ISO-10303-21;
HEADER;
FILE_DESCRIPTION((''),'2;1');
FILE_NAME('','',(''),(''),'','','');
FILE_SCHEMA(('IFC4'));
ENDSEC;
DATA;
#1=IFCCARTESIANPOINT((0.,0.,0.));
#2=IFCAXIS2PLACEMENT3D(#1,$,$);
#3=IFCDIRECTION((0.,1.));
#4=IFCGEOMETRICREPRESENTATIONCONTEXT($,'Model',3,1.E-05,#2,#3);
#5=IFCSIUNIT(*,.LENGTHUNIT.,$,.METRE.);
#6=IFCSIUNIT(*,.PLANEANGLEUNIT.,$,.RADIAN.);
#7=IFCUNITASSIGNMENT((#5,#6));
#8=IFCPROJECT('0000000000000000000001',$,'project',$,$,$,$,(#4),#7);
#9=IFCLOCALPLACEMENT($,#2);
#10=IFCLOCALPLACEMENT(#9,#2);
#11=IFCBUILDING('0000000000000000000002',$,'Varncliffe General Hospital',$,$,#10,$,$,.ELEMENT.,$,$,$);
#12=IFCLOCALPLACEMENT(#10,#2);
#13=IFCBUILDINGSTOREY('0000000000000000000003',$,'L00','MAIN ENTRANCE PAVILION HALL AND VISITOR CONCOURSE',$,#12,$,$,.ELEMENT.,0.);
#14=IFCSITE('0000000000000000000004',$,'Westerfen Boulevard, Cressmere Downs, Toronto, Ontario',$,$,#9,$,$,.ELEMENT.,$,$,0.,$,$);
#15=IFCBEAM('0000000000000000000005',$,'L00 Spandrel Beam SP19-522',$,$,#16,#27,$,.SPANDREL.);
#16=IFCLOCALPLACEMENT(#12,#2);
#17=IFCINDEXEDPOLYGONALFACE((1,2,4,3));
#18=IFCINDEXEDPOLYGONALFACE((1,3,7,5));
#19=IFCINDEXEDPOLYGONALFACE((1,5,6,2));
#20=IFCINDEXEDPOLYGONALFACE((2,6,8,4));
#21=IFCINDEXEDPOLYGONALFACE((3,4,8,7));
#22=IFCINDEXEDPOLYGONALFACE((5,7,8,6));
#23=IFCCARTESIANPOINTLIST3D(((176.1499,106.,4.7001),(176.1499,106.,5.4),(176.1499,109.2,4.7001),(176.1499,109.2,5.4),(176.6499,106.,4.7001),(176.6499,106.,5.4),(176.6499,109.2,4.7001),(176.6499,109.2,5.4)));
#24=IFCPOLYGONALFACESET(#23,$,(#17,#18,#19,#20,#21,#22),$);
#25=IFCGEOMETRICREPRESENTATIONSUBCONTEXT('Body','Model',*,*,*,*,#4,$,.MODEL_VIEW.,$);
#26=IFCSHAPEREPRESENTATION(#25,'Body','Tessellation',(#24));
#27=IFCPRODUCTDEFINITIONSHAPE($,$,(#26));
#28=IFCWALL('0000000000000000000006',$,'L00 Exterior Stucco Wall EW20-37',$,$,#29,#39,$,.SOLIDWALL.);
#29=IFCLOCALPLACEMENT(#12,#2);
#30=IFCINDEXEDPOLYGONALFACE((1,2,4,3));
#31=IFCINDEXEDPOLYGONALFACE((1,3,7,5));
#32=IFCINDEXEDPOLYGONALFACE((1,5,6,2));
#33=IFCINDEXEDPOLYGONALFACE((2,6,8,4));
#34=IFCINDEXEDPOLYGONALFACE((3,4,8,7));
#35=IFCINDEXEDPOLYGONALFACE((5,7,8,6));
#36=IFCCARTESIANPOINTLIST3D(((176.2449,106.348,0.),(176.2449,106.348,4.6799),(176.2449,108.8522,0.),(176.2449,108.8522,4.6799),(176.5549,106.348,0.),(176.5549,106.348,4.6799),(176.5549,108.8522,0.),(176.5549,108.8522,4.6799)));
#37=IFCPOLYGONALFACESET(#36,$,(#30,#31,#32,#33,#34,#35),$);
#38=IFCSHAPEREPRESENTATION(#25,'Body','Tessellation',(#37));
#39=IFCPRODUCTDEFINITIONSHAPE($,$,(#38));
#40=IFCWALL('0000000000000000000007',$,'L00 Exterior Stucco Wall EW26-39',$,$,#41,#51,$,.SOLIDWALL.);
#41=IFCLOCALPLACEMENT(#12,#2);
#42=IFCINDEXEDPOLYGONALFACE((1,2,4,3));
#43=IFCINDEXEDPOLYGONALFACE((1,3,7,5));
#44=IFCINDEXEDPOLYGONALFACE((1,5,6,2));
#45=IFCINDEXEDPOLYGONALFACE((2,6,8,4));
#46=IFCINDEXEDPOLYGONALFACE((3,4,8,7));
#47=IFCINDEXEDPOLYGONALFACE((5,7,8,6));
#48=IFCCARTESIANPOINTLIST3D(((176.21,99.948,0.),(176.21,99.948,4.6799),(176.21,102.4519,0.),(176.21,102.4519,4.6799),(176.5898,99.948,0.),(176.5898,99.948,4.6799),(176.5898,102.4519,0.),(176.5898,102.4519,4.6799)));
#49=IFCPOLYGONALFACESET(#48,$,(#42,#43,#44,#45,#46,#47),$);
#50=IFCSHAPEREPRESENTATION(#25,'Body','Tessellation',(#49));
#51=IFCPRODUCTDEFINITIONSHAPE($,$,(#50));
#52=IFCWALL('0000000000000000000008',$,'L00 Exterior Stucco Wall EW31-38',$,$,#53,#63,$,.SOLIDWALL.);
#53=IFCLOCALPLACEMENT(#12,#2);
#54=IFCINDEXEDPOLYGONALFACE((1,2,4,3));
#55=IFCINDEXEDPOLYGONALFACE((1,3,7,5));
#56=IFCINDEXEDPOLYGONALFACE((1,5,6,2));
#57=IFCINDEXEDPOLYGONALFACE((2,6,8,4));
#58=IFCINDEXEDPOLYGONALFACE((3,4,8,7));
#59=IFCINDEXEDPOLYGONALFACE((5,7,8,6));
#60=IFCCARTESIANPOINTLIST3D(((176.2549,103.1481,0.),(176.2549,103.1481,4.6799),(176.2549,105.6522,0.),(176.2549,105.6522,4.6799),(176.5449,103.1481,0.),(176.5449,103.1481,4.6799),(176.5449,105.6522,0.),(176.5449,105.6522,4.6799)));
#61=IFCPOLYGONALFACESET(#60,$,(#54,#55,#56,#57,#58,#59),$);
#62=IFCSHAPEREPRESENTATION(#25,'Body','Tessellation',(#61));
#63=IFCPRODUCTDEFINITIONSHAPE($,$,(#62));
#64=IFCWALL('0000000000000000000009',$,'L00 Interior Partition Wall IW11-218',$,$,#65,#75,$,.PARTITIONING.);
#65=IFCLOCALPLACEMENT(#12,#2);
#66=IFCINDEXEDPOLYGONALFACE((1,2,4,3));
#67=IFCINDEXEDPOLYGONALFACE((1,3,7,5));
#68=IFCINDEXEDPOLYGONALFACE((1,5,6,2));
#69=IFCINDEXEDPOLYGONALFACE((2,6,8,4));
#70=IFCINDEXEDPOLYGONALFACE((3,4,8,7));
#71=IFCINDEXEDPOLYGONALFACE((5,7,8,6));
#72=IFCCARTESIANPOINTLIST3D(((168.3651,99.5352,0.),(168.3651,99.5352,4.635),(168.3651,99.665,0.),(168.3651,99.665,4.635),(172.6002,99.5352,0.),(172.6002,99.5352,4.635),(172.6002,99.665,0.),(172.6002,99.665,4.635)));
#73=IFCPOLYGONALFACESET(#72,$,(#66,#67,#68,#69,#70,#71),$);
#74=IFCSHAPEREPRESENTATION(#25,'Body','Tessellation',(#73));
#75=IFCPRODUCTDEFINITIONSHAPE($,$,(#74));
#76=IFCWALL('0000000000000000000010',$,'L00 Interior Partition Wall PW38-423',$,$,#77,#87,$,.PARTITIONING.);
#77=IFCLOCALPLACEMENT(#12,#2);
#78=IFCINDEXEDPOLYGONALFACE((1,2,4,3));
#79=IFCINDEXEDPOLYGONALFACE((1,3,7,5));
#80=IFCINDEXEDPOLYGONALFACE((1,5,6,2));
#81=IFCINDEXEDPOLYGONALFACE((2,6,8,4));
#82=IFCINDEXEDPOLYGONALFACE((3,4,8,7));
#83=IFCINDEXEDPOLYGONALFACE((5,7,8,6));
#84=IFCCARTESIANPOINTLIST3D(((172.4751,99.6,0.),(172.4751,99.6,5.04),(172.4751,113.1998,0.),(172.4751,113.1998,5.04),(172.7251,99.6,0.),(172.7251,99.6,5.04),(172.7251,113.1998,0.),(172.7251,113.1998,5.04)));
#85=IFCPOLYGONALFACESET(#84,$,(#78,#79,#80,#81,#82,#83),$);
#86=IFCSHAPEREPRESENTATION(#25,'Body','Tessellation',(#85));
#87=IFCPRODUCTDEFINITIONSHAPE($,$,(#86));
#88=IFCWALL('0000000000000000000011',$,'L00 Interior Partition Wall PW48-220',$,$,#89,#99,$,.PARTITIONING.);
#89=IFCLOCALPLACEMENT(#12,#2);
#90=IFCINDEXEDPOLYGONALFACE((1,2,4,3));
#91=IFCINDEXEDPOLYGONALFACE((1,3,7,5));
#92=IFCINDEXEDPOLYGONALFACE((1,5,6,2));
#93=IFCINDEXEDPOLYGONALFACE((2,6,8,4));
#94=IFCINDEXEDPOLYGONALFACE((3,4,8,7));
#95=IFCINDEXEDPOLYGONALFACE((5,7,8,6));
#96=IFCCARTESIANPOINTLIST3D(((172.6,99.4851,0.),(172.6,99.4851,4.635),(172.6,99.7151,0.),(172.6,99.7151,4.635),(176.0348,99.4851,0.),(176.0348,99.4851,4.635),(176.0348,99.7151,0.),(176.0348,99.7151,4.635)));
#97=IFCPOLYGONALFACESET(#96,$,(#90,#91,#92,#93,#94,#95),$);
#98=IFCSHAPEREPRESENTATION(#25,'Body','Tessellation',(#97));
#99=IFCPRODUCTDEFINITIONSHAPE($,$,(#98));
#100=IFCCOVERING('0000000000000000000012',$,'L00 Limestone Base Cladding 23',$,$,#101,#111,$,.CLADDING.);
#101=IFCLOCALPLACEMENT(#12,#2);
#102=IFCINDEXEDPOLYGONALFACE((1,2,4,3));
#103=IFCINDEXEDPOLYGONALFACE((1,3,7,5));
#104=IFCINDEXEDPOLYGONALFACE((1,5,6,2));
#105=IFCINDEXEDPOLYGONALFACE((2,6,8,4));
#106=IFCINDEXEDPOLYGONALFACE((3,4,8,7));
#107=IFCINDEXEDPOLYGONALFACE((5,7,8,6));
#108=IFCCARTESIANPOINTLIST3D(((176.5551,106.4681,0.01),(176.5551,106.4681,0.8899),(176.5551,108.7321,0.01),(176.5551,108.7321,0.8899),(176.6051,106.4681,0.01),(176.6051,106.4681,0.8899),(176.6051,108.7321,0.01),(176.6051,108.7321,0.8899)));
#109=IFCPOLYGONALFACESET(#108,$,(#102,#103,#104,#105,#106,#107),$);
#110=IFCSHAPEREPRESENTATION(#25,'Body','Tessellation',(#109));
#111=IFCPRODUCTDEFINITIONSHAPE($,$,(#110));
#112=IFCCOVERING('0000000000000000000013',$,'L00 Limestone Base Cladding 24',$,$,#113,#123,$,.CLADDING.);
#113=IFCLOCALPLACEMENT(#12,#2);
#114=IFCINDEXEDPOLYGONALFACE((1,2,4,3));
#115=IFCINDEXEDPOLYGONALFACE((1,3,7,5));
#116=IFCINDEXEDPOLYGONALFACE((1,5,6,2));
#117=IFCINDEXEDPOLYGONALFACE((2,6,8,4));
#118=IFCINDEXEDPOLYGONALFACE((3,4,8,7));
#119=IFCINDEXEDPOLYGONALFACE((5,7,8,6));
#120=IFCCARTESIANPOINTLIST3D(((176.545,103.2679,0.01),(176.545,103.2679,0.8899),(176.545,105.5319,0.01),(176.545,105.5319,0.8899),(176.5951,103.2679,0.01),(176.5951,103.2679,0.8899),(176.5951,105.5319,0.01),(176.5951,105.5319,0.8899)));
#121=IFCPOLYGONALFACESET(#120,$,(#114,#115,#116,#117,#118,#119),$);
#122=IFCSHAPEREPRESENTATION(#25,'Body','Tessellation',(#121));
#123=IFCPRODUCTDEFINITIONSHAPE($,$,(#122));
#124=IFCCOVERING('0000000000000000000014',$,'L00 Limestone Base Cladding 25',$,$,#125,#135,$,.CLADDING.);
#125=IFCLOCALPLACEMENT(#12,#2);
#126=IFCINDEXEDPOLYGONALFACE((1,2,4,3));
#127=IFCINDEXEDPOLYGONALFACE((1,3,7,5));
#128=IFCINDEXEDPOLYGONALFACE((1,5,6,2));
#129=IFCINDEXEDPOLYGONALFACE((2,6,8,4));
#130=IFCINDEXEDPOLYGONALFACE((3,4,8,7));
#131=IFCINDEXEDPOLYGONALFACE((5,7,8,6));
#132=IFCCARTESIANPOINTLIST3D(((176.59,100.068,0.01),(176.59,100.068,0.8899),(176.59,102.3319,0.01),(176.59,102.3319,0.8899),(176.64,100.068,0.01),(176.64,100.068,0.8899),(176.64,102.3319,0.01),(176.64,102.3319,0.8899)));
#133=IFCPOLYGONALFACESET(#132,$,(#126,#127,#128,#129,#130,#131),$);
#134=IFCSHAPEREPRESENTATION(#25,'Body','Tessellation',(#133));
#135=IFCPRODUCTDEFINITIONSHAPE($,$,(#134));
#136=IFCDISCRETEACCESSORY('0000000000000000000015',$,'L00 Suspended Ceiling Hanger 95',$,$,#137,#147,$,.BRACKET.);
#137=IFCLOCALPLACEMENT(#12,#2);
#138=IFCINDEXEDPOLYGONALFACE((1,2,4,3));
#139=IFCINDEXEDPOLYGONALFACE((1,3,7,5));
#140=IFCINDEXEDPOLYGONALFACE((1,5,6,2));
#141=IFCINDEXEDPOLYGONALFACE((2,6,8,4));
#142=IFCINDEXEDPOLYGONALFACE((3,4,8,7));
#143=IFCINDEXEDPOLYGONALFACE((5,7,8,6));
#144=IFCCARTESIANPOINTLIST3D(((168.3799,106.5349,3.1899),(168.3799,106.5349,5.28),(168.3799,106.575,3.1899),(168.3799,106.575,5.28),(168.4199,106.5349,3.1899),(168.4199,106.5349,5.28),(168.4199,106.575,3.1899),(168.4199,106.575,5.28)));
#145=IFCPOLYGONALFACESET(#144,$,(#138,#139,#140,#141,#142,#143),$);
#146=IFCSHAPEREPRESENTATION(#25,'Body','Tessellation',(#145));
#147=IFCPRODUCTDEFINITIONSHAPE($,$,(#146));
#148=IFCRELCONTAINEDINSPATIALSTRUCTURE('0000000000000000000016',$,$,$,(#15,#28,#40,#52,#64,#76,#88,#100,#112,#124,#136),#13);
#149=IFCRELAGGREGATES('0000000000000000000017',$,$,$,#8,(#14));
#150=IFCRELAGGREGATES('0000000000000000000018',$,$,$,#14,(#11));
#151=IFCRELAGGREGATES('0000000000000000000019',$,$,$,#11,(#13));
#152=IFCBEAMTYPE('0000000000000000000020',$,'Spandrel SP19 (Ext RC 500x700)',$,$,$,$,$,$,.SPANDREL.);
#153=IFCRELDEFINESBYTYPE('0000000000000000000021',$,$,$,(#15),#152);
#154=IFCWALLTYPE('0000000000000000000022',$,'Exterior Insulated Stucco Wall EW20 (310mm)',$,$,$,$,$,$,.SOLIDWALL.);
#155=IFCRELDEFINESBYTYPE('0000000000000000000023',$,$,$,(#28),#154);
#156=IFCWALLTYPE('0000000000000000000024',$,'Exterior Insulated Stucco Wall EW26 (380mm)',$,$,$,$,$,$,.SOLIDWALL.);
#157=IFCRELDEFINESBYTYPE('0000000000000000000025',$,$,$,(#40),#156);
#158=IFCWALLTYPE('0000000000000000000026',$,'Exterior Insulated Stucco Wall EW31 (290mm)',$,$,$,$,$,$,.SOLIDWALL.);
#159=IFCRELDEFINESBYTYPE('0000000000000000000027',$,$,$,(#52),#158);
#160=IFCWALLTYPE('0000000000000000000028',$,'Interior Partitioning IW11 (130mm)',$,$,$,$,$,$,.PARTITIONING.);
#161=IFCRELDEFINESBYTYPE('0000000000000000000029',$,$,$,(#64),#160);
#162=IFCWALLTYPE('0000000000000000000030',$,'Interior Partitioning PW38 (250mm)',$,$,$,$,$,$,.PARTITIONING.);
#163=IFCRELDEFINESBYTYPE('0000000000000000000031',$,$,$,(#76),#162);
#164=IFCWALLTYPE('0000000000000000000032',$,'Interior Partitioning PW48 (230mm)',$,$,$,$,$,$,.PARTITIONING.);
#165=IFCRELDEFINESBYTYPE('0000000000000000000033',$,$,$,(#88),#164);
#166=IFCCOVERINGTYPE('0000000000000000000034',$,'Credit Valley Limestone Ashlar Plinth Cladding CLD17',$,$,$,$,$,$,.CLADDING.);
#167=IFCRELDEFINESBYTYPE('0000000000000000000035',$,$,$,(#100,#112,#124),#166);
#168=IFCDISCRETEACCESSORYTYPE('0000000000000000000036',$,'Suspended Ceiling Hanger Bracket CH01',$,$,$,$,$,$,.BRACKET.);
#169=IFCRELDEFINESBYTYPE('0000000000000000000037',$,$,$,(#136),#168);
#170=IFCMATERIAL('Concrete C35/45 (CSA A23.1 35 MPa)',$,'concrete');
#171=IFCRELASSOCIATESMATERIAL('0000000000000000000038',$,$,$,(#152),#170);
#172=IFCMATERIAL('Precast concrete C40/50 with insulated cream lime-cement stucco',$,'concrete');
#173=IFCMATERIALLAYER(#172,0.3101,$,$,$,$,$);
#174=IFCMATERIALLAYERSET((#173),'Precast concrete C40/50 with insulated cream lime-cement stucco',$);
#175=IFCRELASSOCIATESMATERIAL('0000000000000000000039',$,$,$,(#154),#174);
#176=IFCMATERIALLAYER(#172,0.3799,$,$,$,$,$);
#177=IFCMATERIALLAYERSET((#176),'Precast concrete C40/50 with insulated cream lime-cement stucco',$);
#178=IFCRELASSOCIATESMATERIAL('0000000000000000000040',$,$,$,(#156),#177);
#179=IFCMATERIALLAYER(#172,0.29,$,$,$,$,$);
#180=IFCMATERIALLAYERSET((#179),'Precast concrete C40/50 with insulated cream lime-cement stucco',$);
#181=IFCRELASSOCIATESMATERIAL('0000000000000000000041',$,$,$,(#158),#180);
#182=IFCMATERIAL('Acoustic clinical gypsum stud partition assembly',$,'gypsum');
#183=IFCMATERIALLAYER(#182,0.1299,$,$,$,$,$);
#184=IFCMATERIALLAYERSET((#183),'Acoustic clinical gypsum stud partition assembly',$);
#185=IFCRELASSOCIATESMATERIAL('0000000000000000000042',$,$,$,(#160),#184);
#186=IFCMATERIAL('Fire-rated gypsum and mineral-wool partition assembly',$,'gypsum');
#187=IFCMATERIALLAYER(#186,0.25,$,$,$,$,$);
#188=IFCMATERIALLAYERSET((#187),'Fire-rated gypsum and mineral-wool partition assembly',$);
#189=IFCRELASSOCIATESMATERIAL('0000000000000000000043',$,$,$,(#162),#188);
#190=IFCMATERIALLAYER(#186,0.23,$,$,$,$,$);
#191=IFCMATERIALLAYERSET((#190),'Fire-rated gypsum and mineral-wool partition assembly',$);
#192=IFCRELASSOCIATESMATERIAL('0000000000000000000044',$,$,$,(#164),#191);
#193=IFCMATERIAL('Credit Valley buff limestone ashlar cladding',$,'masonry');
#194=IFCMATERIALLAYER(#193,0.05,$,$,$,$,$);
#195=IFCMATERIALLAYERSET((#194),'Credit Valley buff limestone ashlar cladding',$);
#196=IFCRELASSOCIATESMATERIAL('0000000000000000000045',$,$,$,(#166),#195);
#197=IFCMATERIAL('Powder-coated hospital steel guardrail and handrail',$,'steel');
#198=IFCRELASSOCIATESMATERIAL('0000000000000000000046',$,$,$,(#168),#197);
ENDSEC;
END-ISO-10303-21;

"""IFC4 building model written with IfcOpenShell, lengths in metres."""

from ifc_helpers import new_model, si_unit, direction, frame, frame_2d, origin, origin_2d, place, context, subcontext, project, spatial, rectangle, extrude, material, layer, layer_set, material_profile, profile_set, type_object, element, save


model = new_model("IFC4")

# Units and contexts
model_context = context("Model", 3, precision=1e-05, world=origin(), true_north=direction((0.0, 1.0)))
body_context = subcontext(model_context, "Body", "Model", "MODEL_VIEW")
ifc_project = project(units=[si_unit("LENGTHUNIT", "METRE"), si_unit("PLANEANGLEUNIT", "RADIAN")], contexts=[model_context])

# Site, building, storey
site_placement = place(None, origin())
site = spatial("IfcSite", under=ifc_project, at=site_placement, Name="Westerfen Boulevard, Cressmere Downs, Toronto, Ontario", CompositionType="ELEMENT", RefElevation=0.0)
building_placement = place(site_placement, origin())
building = spatial("IfcBuilding", under=site, at=building_placement, Name="Varncliffe General Hospital", CompositionType="ELEMENT")
storey_placement = place(building_placement, origin())
storey = spatial("IfcBuildingStorey", under=building, at=storey_placement, Name="L00", Description="MAIN ENTRANCE PAVILION HALL AND VISITOR CONCOURSE", CompositionType="ELEMENT", Elevation=0.0)

# Beam
ifc_material_1 = material(Name="Concrete C35/45 (CSA A23.1 35 MPa)", Category="concrete")
ifc_material_profile_1 = material_profile(ifc_material_1, rectangle(XDim=0.5, YDim=0.7, at=origin_2d()), Name="RC 500x700")
ifc_profile_set_1 = profile_set([ifc_material_profile_1], Name="Concrete C35/45 (CSA A23.1 35 MPa)")
beam_type_1 = type_object("IfcBeamType", Name="Spandrel SP19 (Ext RC 500x700)", PredefinedType="SPANDREL", material=ifc_profile_set_1)
for number, where, z_axis, x_axis, name in (
    (1, (176.3999, 106.0, 5.05), (0.0, 1.0, 0.0), (-1.0, 0.0, 0.0), "L00 Spandrel Beam SP19-522"),
):
    element("IfcBeam", number, at=place(storey_placement, frame(where, z_axis=z_axis, x_axis=x_axis)), inside=storey, type_object=beam_type_1, Name=name, PredefinedType="SPANDREL", context=body_context, shape_type="SweptSolid", body=[
        extrude(rectangle(XDim=0.5, YDim=0.7, at=origin_2d()), origin(), (0.0, 0.0, 1.0), 3.2),
    ])

# Walls
ifc_material_2 = material(Name="Precast concrete C40/50 with insulated cream lime-cement stucco", Category="concrete")
ifc_layer_1 = layer(ifc_material_2, 0.3101)
ifc_layer_set_1 = layer_set([ifc_layer_1], Name="Precast concrete C40/50 with insulated cream lime-cement stucco")
wall_type_1 = type_object("IfcWallType", Name="Exterior Insulated Stucco Wall EW20 (310mm)", PredefinedType="SOLIDWALL", material=ifc_layer_set_1)
wall_1_placement = place(storey_placement, frame((176.3999, 108.8521, 0.0), z_axis=(0.0, 0.0, 1.0), x_axis=(0.0, -1.0, 0.0)))
element("IfcWall", 2, at=wall_1_placement, inside=storey, type_object=wall_type_1, Name="L00 Exterior Stucco Wall EW20-37", PredefinedType="SOLIDWALL", context=body_context, shape_type="SweptSolid", body=[
    extrude(rectangle(XDim=2.5042, YDim=0.3101, at=frame_2d((1.252, 0.0))), origin(), (0.0, 0.0, 1.0), 4.6799),
])
ifc_layer_2 = layer(ifc_material_2, 0.3799)
ifc_layer_set_2 = layer_set([ifc_layer_2], Name="Precast concrete C40/50 with insulated cream lime-cement stucco")
wall_type_2 = type_object("IfcWallType", Name="Exterior Insulated Stucco Wall EW26 (380mm)", PredefinedType="SOLIDWALL", material=ifc_layer_set_2)
wall_2_placement = place(storey_placement, frame((176.3999, 102.4519, 0.0), z_axis=(0.0, 0.0, 1.0), x_axis=(0.0, -1.0, 0.0)))
element("IfcWall", 3, at=wall_2_placement, inside=storey, type_object=wall_type_2, Name="L00 Exterior Stucco Wall EW26-39", PredefinedType="SOLIDWALL", context=body_context, shape_type="SweptSolid", body=[
    extrude(rectangle(XDim=2.5039, YDim=0.3799, at=frame_2d((1.252, 0.0))), origin(), (0.0, 0.0, 1.0), 4.6799),
])
ifc_layer_3 = layer(ifc_material_2, 0.29)
ifc_layer_set_3 = layer_set([ifc_layer_3], Name="Precast concrete C40/50 with insulated cream lime-cement stucco")
wall_type_3 = type_object("IfcWallType", Name="Exterior Insulated Stucco Wall EW31 (290mm)", PredefinedType="SOLIDWALL", material=ifc_layer_set_3)
wall_3_placement = place(storey_placement, frame((176.3999, 105.6521, 0.0), z_axis=(0.0, 0.0, 1.0), x_axis=(0.0, -1.0, 0.0)))
element("IfcWall", 4, at=wall_3_placement, inside=storey, type_object=wall_type_3, Name="L00 Exterior Stucco Wall EW31-38", PredefinedType="SOLIDWALL", context=body_context, shape_type="SweptSolid", body=[
    extrude(rectangle(XDim=2.5042, YDim=0.29, at=frame_2d((1.252, 0.0))), origin(), (0.0, 0.0, 1.0), 4.6799),
])
ifc_material_3 = material(Name="Acoustic clinical gypsum stud partition assembly", Category="gypsum")
ifc_layer_4 = layer(ifc_material_3, 0.1299)
ifc_layer_set_4 = layer_set([ifc_layer_4], Name="Acoustic clinical gypsum stud partition assembly")
wall_type_4 = type_object("IfcWallType", Name="Interior Partitioning IW11 (130mm)", PredefinedType="PARTITIONING", material=ifc_layer_set_4)
wall_4_placement = place(storey_placement, frame((168.365, 99.6001, 0.0), z_axis=(0.0, 0.0, 1.0), x_axis=(1.0, 0.0, 0.0)))
element("IfcWall", 5, at=wall_4_placement, inside=storey, type_object=wall_type_4, Name="L00 Interior Partition Wall IW11-218", PredefinedType="PARTITIONING", context=body_context, shape_type="SweptSolid", body=[
    extrude(rectangle(XDim=4.2351, YDim=0.1299, at=frame_2d((2.1177, 0.0))), origin(), (0.0, 0.0, 1.0), 4.635),
])
ifc_material_4 = material(Name="Fire-rated gypsum and mineral-wool partition assembly", Category="gypsum")
ifc_layer_5 = layer(ifc_material_4, 0.25)
ifc_layer_set_5 = layer_set([ifc_layer_5], Name="Fire-rated gypsum and mineral-wool partition assembly")
wall_type_5 = type_object("IfcWallType", Name="Interior Partitioning PW38 (250mm)", PredefinedType="PARTITIONING", material=ifc_layer_set_5)
wall_5_placement = place(storey_placement, frame((172.6001, 99.6001, 0.0), z_axis=(0.0, 0.0, 1.0), x_axis=(0.0, 1.0, 0.0)))
element("IfcWall", 6, at=wall_5_placement, inside=storey, type_object=wall_type_5, Name="L00 Interior Partition Wall PW38-423", PredefinedType="PARTITIONING", context=body_context, shape_type="SweptSolid", body=[
    extrude(rectangle(XDim=13.5999, YDim=0.25, at=frame_2d((6.7998, 0.0))), origin(), (0.0, 0.0, 1.0), 5.04),
])
ifc_layer_6 = layer(ifc_material_4, 0.23)
ifc_layer_set_6 = layer_set([ifc_layer_6], Name="Fire-rated gypsum and mineral-wool partition assembly")
wall_type_6 = type_object("IfcWallType", Name="Interior Partitioning PW48 (230mm)", PredefinedType="PARTITIONING", material=ifc_layer_set_6)
wall_6_placement = place(storey_placement, frame((172.6001, 99.6001, 0.0), z_axis=(0.0, 0.0, 1.0), x_axis=(1.0, 0.0, 0.0)))
element("IfcWall", 7, at=wall_6_placement, inside=storey, type_object=wall_type_6, Name="L00 Interior Partition Wall PW48-220", PredefinedType="PARTITIONING", context=body_context, shape_type="SweptSolid", body=[
    extrude(rectangle(XDim=3.4348, YDim=0.23, at=frame_2d((1.7173, 0.0))), origin(), (0.0, 0.0, 1.0), 4.635),
])

# Coverings
ifc_material_5 = material(Name="Credit Valley buff limestone ashlar cladding", Category="masonry")
ifc_layer_7 = layer(ifc_material_5, 0.05)
ifc_layer_set_7 = layer_set([ifc_layer_7], Name="Credit Valley buff limestone ashlar cladding")
covering_type = type_object("IfcCoveringType", Name="Credit Valley Limestone Ashlar Plinth Cladding CLD17", PredefinedType="CLADDING", material=ifc_layer_set_7)
for number, where, z_axis, x_axis, name in (
    (8, (176.5801, 107.6001, 0.01), (0.0, 0.0, 1.0), (0.0, -1.0, 0.0), "L00 Limestone Base Cladding 23"),
    (9, (176.5701, 104.3999, 0.01), (0.0, 0.0, 1.0), (0.0, -1.0, 0.0), "L00 Limestone Base Cladding 24"),
    (10, (176.615, 101.2, 0.01), (0.0, 0.0, 1.0), (0.0, -1.0, 0.0), "L00 Limestone Base Cladding 25"),
):
    element("IfcCovering", number, at=place(storey_placement, frame(where, z_axis=z_axis, x_axis=x_axis)), inside=storey, type_object=covering_type, Name=name, PredefinedType="CLADDING", context=body_context, shape_type="SweptSolid", body=[
        extrude(rectangle(XDim=2.2639, YDim=0.05, at=origin_2d()), origin(), (0.0, 0.0, 1.0), 0.8799),
    ])

# Discrete accessory
ifc_material_6 = material(Name="Powder-coated hospital steel guardrail and handrail", Category="steel")
discrete_accessory_type = type_object("IfcDiscreteAccessoryType", Name="Suspended Ceiling Hanger Bracket CH01", PredefinedType="BRACKET", material=ifc_material_6)
discrete_accessory_placement = place(storey_placement, frame((168.3999, 106.5549, 3.1899), z_axis=(0.0, 0.0, 1.0), x_axis=(1.0, 0.0, 0.0)))
element("IfcDiscreteAccessory", 11, at=discrete_accessory_placement, inside=storey, type_object=discrete_accessory_type, Name="L00 Suspended Ceiling Hanger 95", PredefinedType="BRACKET", context=body_context, shape_type="SweptSolid", body=[
    extrude(rectangle(XDim=0.04, YDim=0.04, at=origin_2d()), origin(), (0.0, 0.0, 1.0), 2.0901),
])

save(model, "model.ifc")
